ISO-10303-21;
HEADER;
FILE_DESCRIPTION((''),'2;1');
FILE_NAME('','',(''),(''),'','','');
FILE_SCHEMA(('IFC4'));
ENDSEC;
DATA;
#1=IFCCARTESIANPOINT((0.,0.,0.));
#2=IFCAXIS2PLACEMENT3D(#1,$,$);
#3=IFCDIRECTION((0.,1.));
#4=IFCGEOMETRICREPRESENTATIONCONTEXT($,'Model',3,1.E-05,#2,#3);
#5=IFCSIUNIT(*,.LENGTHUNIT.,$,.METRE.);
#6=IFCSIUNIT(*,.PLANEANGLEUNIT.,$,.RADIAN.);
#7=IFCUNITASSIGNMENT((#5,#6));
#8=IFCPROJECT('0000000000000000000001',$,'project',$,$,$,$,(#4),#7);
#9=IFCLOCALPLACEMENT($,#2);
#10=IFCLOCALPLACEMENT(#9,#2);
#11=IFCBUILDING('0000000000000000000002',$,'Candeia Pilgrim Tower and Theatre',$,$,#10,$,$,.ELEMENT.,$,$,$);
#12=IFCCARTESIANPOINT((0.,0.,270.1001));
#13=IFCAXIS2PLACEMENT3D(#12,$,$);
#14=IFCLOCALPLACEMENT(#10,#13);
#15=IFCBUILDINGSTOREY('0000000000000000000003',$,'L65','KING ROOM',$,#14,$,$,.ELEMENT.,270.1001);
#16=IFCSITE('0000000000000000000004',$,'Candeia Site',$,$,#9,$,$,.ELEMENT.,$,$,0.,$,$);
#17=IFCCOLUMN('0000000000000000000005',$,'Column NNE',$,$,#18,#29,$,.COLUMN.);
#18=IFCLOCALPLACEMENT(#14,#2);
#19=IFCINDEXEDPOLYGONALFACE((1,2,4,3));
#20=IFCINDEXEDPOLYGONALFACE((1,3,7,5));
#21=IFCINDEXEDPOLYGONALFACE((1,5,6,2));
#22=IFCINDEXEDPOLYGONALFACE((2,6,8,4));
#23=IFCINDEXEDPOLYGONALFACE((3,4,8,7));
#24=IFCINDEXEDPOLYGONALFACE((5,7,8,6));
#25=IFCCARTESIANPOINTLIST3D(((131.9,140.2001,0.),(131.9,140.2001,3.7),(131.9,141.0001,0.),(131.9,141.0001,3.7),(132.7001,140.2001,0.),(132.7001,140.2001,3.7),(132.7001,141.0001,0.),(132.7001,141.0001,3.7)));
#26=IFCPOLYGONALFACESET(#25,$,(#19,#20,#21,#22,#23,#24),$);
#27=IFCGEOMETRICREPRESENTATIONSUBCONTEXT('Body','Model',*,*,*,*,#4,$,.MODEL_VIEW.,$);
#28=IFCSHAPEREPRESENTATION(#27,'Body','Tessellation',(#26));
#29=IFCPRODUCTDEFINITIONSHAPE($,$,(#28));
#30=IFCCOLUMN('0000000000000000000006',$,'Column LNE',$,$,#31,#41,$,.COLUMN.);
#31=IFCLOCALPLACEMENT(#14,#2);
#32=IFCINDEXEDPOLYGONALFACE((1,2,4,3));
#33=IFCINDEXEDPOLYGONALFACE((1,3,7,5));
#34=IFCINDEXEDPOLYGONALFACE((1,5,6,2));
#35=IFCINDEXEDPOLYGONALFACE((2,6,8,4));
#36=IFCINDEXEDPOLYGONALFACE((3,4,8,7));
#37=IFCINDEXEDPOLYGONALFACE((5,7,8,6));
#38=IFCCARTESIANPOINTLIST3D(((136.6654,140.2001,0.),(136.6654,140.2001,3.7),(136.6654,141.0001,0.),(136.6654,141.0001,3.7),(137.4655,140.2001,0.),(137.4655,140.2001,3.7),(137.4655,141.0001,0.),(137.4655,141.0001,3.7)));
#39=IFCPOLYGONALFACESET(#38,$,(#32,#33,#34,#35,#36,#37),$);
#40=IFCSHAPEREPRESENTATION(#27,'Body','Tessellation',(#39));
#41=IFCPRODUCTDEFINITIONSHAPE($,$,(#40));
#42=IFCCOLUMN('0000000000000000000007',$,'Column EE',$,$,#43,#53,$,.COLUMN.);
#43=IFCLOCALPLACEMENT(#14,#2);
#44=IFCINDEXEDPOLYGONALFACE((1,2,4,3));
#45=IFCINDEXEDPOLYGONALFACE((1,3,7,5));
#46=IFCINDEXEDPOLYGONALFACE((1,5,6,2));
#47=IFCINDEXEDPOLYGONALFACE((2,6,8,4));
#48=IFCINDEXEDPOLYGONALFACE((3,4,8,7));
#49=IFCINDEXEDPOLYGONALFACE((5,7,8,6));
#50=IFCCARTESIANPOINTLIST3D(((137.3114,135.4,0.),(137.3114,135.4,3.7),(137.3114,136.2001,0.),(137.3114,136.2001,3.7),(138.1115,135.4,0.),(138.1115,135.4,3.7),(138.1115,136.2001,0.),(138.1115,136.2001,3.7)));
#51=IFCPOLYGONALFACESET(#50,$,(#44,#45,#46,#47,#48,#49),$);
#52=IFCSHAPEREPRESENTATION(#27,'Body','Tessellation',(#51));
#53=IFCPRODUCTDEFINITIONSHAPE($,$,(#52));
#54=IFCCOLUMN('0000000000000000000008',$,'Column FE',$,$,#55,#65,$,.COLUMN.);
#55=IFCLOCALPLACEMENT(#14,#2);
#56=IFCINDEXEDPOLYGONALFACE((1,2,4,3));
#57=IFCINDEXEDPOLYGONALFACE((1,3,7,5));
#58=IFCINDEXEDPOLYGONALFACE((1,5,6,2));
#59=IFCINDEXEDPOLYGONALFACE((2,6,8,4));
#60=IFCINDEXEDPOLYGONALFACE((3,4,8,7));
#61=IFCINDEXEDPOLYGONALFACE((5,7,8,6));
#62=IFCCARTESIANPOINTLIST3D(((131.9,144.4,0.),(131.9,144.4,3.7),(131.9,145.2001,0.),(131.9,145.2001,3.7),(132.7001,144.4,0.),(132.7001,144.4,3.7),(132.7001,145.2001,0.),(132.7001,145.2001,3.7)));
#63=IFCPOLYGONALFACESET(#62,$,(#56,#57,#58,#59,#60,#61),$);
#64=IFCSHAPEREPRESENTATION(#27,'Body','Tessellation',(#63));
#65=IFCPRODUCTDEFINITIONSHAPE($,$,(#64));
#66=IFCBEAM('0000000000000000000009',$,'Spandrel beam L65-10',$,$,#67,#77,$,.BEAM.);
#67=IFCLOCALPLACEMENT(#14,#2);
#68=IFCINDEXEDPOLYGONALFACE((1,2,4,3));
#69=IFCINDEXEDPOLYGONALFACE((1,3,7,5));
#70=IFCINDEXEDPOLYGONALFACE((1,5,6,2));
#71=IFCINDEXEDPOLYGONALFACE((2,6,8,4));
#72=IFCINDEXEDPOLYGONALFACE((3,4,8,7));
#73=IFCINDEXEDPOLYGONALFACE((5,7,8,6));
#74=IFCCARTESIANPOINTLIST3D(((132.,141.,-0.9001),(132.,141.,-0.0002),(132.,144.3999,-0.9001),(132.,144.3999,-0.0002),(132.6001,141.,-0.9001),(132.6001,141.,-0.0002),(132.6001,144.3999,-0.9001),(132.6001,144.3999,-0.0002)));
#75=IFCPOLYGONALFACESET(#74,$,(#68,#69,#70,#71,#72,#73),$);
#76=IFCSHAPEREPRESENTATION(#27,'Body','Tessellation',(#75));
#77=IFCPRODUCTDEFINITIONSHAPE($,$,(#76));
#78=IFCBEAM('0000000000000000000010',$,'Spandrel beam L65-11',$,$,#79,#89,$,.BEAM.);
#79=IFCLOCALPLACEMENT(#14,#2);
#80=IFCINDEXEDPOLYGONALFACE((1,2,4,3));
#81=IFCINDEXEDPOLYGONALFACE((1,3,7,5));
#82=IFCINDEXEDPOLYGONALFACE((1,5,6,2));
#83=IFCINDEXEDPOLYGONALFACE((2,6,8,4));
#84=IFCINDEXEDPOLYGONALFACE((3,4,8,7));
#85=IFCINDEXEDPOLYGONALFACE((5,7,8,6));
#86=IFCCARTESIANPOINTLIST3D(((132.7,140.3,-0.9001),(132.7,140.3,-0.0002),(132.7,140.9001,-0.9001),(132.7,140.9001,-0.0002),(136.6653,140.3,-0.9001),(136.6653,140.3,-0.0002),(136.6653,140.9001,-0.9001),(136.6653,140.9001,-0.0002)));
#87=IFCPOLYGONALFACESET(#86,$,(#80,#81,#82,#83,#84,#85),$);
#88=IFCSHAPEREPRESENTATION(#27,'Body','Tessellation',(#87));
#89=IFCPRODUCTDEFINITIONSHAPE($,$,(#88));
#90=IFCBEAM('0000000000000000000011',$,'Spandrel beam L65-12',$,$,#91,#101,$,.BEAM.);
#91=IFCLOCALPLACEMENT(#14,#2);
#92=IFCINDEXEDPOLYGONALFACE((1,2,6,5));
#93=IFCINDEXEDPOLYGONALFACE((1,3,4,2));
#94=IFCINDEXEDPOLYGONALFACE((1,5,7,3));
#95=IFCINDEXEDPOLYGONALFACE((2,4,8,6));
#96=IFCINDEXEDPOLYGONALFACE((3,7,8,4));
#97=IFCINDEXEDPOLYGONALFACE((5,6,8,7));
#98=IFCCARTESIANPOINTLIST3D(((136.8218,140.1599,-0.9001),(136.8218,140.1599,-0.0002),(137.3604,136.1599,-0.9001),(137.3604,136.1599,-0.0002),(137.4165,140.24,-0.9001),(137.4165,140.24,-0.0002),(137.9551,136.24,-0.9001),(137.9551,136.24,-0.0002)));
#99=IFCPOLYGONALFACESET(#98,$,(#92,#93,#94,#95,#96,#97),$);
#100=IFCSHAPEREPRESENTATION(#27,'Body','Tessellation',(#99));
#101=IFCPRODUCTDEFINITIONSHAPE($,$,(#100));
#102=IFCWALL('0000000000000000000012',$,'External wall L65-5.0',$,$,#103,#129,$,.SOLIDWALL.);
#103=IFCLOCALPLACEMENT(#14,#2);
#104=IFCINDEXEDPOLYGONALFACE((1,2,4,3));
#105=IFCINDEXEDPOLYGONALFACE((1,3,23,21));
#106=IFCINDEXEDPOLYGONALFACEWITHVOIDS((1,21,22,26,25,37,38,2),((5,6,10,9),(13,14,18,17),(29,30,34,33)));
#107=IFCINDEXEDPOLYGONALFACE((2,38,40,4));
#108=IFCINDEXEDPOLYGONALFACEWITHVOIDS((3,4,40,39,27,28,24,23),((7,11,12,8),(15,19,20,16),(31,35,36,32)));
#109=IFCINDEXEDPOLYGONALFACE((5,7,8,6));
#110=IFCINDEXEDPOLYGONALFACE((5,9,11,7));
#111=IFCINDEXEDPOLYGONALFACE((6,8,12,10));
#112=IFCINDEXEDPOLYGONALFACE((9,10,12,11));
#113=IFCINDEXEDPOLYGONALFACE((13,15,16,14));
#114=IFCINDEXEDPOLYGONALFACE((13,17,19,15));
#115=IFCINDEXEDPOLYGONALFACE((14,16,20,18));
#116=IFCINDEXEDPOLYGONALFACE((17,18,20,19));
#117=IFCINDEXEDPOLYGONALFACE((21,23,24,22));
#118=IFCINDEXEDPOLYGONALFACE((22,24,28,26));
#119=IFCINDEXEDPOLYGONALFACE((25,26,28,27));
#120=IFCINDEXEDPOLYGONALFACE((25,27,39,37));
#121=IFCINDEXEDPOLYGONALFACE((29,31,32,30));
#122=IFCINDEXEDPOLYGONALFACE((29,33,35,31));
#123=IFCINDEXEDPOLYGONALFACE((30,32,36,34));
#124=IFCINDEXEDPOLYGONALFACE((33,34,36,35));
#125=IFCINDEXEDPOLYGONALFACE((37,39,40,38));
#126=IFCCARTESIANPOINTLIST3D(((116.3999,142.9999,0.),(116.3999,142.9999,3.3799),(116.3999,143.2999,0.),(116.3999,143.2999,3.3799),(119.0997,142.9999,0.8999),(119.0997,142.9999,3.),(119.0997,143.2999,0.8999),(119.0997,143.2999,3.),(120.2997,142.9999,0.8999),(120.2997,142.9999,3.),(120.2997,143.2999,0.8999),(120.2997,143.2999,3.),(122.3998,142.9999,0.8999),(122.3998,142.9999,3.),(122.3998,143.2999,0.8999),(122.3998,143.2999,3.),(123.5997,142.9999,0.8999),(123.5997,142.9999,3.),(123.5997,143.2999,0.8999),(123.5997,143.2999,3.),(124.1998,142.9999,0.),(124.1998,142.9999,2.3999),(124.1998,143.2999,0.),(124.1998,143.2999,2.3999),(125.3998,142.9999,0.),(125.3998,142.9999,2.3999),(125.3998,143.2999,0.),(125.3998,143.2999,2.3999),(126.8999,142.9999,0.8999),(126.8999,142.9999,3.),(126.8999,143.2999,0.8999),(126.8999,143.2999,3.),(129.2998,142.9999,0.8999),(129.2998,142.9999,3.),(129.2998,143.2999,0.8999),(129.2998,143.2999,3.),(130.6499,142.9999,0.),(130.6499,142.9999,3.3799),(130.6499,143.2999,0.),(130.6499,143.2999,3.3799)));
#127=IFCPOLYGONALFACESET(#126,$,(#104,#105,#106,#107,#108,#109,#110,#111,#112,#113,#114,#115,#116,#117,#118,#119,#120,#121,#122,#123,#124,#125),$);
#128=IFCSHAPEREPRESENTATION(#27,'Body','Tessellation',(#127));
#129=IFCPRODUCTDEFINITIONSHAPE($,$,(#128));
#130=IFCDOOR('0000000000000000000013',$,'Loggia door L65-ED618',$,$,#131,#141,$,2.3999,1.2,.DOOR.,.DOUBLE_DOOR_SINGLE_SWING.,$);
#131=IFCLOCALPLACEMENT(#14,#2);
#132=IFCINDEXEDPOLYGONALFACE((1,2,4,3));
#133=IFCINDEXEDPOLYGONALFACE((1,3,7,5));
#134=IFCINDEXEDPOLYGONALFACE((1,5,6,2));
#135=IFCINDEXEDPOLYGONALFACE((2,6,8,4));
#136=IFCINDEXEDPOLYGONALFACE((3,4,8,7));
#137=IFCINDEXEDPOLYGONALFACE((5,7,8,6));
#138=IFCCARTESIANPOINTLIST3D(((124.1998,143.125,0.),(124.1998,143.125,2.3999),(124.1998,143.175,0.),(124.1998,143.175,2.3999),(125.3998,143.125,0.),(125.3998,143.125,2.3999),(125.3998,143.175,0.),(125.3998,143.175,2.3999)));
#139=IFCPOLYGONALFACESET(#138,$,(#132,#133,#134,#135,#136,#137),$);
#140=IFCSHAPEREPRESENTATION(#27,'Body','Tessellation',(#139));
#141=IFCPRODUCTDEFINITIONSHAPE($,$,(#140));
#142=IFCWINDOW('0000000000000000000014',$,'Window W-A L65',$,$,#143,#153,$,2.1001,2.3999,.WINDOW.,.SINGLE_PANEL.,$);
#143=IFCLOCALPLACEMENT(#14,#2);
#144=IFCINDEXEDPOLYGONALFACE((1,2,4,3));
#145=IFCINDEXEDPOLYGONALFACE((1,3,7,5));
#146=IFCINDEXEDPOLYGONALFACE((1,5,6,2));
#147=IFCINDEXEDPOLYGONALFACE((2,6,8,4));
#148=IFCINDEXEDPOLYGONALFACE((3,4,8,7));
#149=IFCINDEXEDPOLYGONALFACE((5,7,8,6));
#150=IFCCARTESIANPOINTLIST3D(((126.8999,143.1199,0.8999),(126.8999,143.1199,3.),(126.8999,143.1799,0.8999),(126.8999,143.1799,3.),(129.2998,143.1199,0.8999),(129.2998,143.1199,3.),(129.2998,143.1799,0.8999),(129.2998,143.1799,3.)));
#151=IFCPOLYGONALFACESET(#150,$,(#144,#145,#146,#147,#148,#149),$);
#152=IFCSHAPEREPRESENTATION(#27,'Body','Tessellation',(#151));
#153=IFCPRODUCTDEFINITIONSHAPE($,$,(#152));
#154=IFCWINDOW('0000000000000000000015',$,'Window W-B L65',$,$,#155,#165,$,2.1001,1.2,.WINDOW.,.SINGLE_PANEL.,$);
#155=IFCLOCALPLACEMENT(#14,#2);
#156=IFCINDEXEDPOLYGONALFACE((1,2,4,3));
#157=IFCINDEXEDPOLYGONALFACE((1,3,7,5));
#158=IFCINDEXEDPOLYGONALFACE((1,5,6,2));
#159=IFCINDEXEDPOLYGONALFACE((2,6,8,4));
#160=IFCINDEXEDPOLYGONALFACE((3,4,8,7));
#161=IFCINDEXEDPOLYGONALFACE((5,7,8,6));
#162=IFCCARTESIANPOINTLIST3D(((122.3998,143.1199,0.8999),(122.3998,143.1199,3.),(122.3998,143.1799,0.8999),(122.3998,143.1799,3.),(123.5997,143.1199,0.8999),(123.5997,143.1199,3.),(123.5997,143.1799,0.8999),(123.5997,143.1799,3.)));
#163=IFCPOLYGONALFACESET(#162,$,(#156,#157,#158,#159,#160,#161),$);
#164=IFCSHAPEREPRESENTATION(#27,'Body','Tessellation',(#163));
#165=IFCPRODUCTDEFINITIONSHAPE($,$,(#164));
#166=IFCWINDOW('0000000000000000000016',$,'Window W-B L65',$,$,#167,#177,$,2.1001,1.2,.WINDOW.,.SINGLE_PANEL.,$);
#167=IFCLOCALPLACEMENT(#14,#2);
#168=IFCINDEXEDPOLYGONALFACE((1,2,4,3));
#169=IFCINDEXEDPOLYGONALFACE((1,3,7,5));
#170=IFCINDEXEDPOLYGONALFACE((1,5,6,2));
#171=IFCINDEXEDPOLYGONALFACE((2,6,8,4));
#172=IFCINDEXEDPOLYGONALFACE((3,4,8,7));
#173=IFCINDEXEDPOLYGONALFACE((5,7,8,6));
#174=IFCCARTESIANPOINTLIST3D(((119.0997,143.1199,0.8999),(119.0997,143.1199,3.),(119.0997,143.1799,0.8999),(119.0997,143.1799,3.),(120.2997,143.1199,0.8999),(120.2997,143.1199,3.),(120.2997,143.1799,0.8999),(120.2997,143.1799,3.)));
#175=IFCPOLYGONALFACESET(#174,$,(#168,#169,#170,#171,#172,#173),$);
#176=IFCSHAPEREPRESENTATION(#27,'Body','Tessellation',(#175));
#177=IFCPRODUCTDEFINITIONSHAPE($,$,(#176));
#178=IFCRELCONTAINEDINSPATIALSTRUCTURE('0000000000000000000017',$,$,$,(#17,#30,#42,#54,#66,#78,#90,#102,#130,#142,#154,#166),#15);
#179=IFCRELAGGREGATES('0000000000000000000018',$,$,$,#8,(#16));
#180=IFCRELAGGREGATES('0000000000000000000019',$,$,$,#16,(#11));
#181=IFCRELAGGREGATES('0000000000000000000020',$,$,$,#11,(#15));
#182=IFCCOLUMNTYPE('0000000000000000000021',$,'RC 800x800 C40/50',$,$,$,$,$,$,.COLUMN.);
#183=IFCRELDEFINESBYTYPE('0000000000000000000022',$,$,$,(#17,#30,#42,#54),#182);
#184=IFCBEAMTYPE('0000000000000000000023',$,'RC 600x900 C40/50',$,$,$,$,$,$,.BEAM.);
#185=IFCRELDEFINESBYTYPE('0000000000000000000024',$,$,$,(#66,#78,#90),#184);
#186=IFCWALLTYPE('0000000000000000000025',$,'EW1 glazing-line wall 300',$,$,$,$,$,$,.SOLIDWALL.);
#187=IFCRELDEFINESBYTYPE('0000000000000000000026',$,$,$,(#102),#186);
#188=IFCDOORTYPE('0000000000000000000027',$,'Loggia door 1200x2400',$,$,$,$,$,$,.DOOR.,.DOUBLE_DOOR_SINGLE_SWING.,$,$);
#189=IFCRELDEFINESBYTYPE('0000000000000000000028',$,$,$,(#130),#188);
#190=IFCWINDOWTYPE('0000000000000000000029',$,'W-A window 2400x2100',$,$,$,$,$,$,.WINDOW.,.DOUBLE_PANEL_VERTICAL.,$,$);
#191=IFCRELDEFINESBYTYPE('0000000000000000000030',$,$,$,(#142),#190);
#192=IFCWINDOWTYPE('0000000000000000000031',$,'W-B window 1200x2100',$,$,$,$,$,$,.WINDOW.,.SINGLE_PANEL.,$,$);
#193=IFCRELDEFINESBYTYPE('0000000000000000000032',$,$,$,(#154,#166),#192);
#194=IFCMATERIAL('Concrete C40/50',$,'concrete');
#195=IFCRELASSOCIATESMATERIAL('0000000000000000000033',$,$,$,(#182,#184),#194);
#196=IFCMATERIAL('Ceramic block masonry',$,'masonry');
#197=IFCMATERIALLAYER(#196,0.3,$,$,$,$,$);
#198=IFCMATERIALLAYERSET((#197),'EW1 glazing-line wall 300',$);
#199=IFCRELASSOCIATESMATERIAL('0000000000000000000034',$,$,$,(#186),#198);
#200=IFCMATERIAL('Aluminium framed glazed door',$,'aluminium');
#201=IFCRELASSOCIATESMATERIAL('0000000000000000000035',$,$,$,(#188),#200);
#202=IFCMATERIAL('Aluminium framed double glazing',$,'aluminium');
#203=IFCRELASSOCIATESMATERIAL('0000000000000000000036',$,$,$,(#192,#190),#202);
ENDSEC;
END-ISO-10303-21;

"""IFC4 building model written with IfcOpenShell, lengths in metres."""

from ifc_helpers import new_model, si_unit, direction, frame, frame_2d, origin, origin_2d, place, context, subcontext, project, spatial, rectangle, extrude, material, layer, layer_set, material_profile, profile_set, type_object, element, fill, save


model = new_model("IFC4")

# Units and contexts
model_context = context("Model", 3, precision=1e-05, world=origin(), true_north=direction((0.0, 1.0)))
body_context = subcontext(model_context, "Body", "Model", "MODEL_VIEW")
ifc_project = project(units=[si_unit("LENGTHUNIT", "METRE"), si_unit("PLANEANGLEUNIT", "RADIAN")], contexts=[model_context])

# Site, building, storey
site_placement = place(None, origin())
site = spatial("IfcSite", under=ifc_project, at=site_placement, Name="Candeia Site", CompositionType="ELEMENT", RefElevation=0.0)
building_placement = place(site_placement, origin())
building = spatial("IfcBuilding", under=site, at=building_placement, Name="Candeia Pilgrim Tower and Theatre", CompositionType="ELEMENT")
storey_placement = place(building_placement, frame((0.0, 0.0, 270.1001)))
storey = spatial("IfcBuildingStorey", under=building, at=storey_placement, Name="L65", Description="KING ROOM", CompositionType="ELEMENT", Elevation=270.1001)

# Columns
ifc_material_1 = material(Name="Concrete C40/50", Category="concrete")
ifc_material_profile_1 = material_profile(ifc_material_1, rectangle(XDim=0.8, YDim=0.8, at=origin_2d()))
ifc_profile_set_1 = profile_set([ifc_material_profile_1], Name="Concrete C40/50")
column_type = type_object("IfcColumnType", Name="RC 800x800 C40/50", PredefinedType="COLUMN", material=ifc_profile_set_1)
for number, where, z_axis, x_axis, name in (
    (1, (132.3, 140.6001, 0.0), (0.0, 0.0, 1.0), (1.0, 0.0, 0.0), "Column NNE"),
    (2, (137.0654, 140.6001, 0.0), (0.0, 0.0, 1.0), (1.0, 0.0, 0.0), "Column LNE"),
    (3, (137.7114, 135.8, 0.0), (0.0, 0.0, 1.0), (1.0, 0.0, 0.0), "Column EE"),
    (4, (132.3, 144.8, 0.0), (0.0, 0.0, 1.0), (1.0, 0.0, 0.0), "Column FE"),
):
    element("IfcColumn", number, at=place(storey_placement, frame(where, z_axis=z_axis, x_axis=x_axis)), inside=storey, type_object=column_type, Name=name, PredefinedType="COLUMN", context=body_context, shape_type="SweptSolid", body=[
        extrude(rectangle(XDim=0.8, YDim=0.8, at=origin_2d()), origin(), (0.0, 0.0, 1.0), 3.7),
    ])

# Beams
ifc_material_profile_2 = material_profile(ifc_material_1, rectangle(XDim=0.6001, YDim=0.8999, at=origin_2d()))
ifc_profile_set_2 = profile_set([ifc_material_profile_2], Name="Concrete C40/50")
beam_type = type_object("IfcBeamType", Name="RC 600x900 C40/50", PredefinedType="BEAM", material=ifc_profile_set_2)
beam_1_placement = place(storey_placement, frame((132.3, 144.3999, -0.4502), z_axis=(0.0, -1.0, 0.0), x_axis=(1.0, 0.0, 0.0)))
element("IfcBeam", 5, at=beam_1_placement, inside=storey, type_object=beam_type, Name="Spandrel beam L65-10", PredefinedType="BEAM", context=body_context, shape_type="SweptSolid", body=[
    extrude(rectangle(XDim=0.6001, YDim=0.8999, at=origin_2d()), origin(), (0.0, 0.0, 1.0), 3.3999),
])
beam_2_placement = place(storey_placement, frame((132.7, 140.6001, -0.4502), z_axis=(1.0, 0.0, 0.0), x_axis=(0.0, 1.0, 0.0)))
element("IfcBeam", 6, at=beam_2_placement, inside=storey, type_object=beam_type, Name="Spandrel beam L65-11", PredefinedType="BEAM", context=body_context, shape_type="SweptSolid", body=[
    extrude(rectangle(XDim=0.6001, YDim=0.8999, at=origin_2d()), origin(), (0.0, 0.0, 1.0), 3.9653),
])
beam_3_placement = place(storey_placement, frame((137.1191, 140.2, -0.4502), z_axis=(0.133439, -0.991057, 0.0), x_axis=(0.991057, 0.133439, 0.0)))
element("IfcBeam", 7, at=beam_3_placement, inside=storey, type_object=beam_type, Name="Spandrel beam L65-12", PredefinedType="BEAM", context=body_context, shape_type="SweptSolid", body=[
    extrude(rectangle(XDim=0.6001, YDim=0.8999, at=origin_2d()), origin(), (0.0, 0.0, 1.0), 4.0361),
])

# Shared definitions
ifc_material_2 = material(Name="Ceramic block masonry", Category="masonry")
ifc_layer_1 = layer(ifc_material_2, 0.3)
ifc_layer_set_1 = layer_set([ifc_layer_1], Name="EW1 glazing-line wall 300")
wall_type_1 = type_object("IfcWallType", Name="EW1 glazing-line wall 300", PredefinedType="SOLIDWALL", material=ifc_layer_set_1)
ifc_material_3 = material(Name="Aluminium framed glazed door", Category="aluminium")
door_type_1 = type_object("IfcDoorType", Name="Loggia door 1200x2400", OperationType="DOUBLE_DOOR_SINGLE_SWING", PredefinedType="DOOR", material=ifc_material_3)
ifc_material_4 = material(Name="Aluminium framed double glazing", Category="aluminium")
window_type_1 = type_object("IfcWindowType", Name="W-B window 1200x2100", PartitioningType="SINGLE_PANEL", PredefinedType="WINDOW", material=ifc_material_4)

# Wall, openings, door, windows
wall_1_placement = place(storey_placement, frame((130.6499, 143.1499, 0.0), z_axis=(0.0, 0.0, 1.0), x_axis=(-1.0, 0.0, 0.0)))
wall_1 = element("IfcWall", 8, at=wall_1_placement, inside=storey, type_object=wall_type_1, Name="External wall L65-5.0", PredefinedType="SOLIDWALL", context=body_context, shape_type="SweptSolid", body=[
    extrude(rectangle(XDim=14.25, YDim=0.3, at=frame_2d((7.125, 0.0))), origin(), (0.0, 0.0, 1.0), 3.3799),
])
opening_1_placement = place(wall_1_placement, frame((1.3501, 0.0, 0.8999)))
opening_1 = element("IfcOpeningElement", 9, at=opening_1_placement, cuts=wall_1, PredefinedType="OPENING", context=body_context, shape_type="SweptSolid", body=[
    extrude(rectangle(XDim=2.3999, YDim=2.1001, at=frame_2d((1.2, 1.05))), frame((0.0, 0.1602, 0.0), z_axis=(0.0, -1.0, 0.0), x_axis=(1.0, 0.0, 0.0)), (0.0, 0.0, 1.0), 0.3201),
])
opening_2_placement = place(wall_1_placement, frame((5.25, 0.0, 0.0)))
opening_2 = element("IfcOpeningElement", 10, at=opening_2_placement, cuts=wall_1, PredefinedType="OPENING", context=body_context, shape_type="SweptSolid", body=[
    extrude(rectangle(XDim=1.2, YDim=2.3999, at=frame_2d((0.6001, 1.2))), frame((0.0, 0.1602, 0.0), z_axis=(0.0, -1.0, 0.0), x_axis=(1.0, 0.0, 0.0)), (0.0, 0.0, 1.0), 0.3201),
])
opening_3_placement = place(wall_1_placement, frame((7.05, 0.0, 0.8999)))
opening_3 = element("IfcOpeningElement", 11, at=opening_3_placement, cuts=wall_1, PredefinedType="OPENING", context=body_context, shape_type="SweptSolid", body=[
    extrude(rectangle(XDim=1.2, YDim=2.1001, at=frame_2d((0.6001, 1.05))), frame((0.0, 0.1602, 0.0), z_axis=(0.0, -1.0, 0.0), x_axis=(1.0, 0.0, 0.0)), (0.0, 0.0, 1.0), 0.3201),
])
opening_4_placement = place(wall_1_placement, frame((10.3501, 0.0, 0.8999)))
opening_4 = element("IfcOpeningElement", 12, at=opening_4_placement, cuts=wall_1, PredefinedType="OPENING", context=body_context, shape_type="SweptSolid", body=[
    extrude(rectangle(XDim=1.2, YDim=2.1001, at=frame_2d((0.6001, 1.05))), frame((0.0, 0.1602, 0.0), z_axis=(0.0, -1.0, 0.0), x_axis=(1.0, 0.0, 0.0)), (0.0, 0.0, 1.0), 0.3201),
])
door_1_placement = place(opening_2_placement, origin())
door_1 = element("IfcDoor", 13, at=door_1_placement, inside=storey, type_object=door_type_1, Name="Loggia door L65-ED618", OperationType="DOUBLE_DOOR_SINGLE_SWING", OverallHeight=2.3999, OverallWidth=1.2, PredefinedType="DOOR", context=body_context, shape_type="SweptSolid", body=[
    extrude(rectangle(XDim=1.2, YDim=2.3999, at=frame_2d((0.6001, 1.2))), frame((0.0, 0.0249, 0.0), z_axis=(0.0, -1.0, 0.0), x_axis=(1.0, 0.0, 0.0)), (0.0, 0.0, 1.0), 0.05),
])
fill(opening_2, door_1)
window_type_2 = type_object("IfcWindowType", Name="W-A window 2400x2100", PartitioningType="DOUBLE_PANEL_VERTICAL", PredefinedType="WINDOW", material=ifc_material_4)
window_1_placement = place(opening_1_placement, origin())
window_1 = element("IfcWindow", 14, at=window_1_placement, inside=storey, type_object=window_type_2, Name="Window W-A L65", OverallHeight=2.1001, OverallWidth=2.3999, PartitioningType="SINGLE_PANEL", PredefinedType="WINDOW", context=body_context, shape_type="SweptSolid", body=[
    extrude(rectangle(XDim=2.3999, YDim=2.1001, at=frame_2d((1.2, 1.05))), frame((0.0, 0.03, 0.0), z_axis=(0.0, -1.0, 0.0), x_axis=(1.0, 0.0, 0.0)), (0.0, 0.0, 1.0), 0.0601),
])
fill(opening_1, window_1)
window_2_placement = place(opening_3_placement, origin())
window_2 = element("IfcWindow", 15, at=window_2_placement, inside=storey, type_object=window_type_1, Name="Window W-B L65", OverallHeight=2.1001, OverallWidth=1.2, PartitioningType="SINGLE_PANEL", PredefinedType="WINDOW", context=body_context, shape_type="SweptSolid", body=[
    extrude(rectangle(XDim=1.2, YDim=2.1001, at=frame_2d((0.6001, 1.05))), frame((0.0, 0.03, 0.0), z_axis=(0.0, -1.0, 0.0), x_axis=(1.0, 0.0, 0.0)), (0.0, 0.0, 1.0), 0.0601),
])
fill(opening_3, window_2)
window_3_placement = place(opening_4_placement, origin())
window_3 = element("IfcWindow", 16, at=window_3_placement, inside=storey, type_object=window_type_1, Name="Window W-B L65", OverallHeight=2.1001, OverallWidth=1.2, PartitioningType="SINGLE_PANEL", PredefinedType="WINDOW", context=body_context, shape_type="SweptSolid", body=[
    extrude(rectangle(XDim=1.2, YDim=2.1001, at=frame_2d((0.6001, 1.05))), frame((0.0, 0.03, 0.0), z_axis=(0.0, -1.0, 0.0), x_axis=(1.0, 0.0, 0.0)), (0.0, 0.0, 1.0), 0.0601),
])
fill(opening_4, window_3)

save(model, "model.ifc")
